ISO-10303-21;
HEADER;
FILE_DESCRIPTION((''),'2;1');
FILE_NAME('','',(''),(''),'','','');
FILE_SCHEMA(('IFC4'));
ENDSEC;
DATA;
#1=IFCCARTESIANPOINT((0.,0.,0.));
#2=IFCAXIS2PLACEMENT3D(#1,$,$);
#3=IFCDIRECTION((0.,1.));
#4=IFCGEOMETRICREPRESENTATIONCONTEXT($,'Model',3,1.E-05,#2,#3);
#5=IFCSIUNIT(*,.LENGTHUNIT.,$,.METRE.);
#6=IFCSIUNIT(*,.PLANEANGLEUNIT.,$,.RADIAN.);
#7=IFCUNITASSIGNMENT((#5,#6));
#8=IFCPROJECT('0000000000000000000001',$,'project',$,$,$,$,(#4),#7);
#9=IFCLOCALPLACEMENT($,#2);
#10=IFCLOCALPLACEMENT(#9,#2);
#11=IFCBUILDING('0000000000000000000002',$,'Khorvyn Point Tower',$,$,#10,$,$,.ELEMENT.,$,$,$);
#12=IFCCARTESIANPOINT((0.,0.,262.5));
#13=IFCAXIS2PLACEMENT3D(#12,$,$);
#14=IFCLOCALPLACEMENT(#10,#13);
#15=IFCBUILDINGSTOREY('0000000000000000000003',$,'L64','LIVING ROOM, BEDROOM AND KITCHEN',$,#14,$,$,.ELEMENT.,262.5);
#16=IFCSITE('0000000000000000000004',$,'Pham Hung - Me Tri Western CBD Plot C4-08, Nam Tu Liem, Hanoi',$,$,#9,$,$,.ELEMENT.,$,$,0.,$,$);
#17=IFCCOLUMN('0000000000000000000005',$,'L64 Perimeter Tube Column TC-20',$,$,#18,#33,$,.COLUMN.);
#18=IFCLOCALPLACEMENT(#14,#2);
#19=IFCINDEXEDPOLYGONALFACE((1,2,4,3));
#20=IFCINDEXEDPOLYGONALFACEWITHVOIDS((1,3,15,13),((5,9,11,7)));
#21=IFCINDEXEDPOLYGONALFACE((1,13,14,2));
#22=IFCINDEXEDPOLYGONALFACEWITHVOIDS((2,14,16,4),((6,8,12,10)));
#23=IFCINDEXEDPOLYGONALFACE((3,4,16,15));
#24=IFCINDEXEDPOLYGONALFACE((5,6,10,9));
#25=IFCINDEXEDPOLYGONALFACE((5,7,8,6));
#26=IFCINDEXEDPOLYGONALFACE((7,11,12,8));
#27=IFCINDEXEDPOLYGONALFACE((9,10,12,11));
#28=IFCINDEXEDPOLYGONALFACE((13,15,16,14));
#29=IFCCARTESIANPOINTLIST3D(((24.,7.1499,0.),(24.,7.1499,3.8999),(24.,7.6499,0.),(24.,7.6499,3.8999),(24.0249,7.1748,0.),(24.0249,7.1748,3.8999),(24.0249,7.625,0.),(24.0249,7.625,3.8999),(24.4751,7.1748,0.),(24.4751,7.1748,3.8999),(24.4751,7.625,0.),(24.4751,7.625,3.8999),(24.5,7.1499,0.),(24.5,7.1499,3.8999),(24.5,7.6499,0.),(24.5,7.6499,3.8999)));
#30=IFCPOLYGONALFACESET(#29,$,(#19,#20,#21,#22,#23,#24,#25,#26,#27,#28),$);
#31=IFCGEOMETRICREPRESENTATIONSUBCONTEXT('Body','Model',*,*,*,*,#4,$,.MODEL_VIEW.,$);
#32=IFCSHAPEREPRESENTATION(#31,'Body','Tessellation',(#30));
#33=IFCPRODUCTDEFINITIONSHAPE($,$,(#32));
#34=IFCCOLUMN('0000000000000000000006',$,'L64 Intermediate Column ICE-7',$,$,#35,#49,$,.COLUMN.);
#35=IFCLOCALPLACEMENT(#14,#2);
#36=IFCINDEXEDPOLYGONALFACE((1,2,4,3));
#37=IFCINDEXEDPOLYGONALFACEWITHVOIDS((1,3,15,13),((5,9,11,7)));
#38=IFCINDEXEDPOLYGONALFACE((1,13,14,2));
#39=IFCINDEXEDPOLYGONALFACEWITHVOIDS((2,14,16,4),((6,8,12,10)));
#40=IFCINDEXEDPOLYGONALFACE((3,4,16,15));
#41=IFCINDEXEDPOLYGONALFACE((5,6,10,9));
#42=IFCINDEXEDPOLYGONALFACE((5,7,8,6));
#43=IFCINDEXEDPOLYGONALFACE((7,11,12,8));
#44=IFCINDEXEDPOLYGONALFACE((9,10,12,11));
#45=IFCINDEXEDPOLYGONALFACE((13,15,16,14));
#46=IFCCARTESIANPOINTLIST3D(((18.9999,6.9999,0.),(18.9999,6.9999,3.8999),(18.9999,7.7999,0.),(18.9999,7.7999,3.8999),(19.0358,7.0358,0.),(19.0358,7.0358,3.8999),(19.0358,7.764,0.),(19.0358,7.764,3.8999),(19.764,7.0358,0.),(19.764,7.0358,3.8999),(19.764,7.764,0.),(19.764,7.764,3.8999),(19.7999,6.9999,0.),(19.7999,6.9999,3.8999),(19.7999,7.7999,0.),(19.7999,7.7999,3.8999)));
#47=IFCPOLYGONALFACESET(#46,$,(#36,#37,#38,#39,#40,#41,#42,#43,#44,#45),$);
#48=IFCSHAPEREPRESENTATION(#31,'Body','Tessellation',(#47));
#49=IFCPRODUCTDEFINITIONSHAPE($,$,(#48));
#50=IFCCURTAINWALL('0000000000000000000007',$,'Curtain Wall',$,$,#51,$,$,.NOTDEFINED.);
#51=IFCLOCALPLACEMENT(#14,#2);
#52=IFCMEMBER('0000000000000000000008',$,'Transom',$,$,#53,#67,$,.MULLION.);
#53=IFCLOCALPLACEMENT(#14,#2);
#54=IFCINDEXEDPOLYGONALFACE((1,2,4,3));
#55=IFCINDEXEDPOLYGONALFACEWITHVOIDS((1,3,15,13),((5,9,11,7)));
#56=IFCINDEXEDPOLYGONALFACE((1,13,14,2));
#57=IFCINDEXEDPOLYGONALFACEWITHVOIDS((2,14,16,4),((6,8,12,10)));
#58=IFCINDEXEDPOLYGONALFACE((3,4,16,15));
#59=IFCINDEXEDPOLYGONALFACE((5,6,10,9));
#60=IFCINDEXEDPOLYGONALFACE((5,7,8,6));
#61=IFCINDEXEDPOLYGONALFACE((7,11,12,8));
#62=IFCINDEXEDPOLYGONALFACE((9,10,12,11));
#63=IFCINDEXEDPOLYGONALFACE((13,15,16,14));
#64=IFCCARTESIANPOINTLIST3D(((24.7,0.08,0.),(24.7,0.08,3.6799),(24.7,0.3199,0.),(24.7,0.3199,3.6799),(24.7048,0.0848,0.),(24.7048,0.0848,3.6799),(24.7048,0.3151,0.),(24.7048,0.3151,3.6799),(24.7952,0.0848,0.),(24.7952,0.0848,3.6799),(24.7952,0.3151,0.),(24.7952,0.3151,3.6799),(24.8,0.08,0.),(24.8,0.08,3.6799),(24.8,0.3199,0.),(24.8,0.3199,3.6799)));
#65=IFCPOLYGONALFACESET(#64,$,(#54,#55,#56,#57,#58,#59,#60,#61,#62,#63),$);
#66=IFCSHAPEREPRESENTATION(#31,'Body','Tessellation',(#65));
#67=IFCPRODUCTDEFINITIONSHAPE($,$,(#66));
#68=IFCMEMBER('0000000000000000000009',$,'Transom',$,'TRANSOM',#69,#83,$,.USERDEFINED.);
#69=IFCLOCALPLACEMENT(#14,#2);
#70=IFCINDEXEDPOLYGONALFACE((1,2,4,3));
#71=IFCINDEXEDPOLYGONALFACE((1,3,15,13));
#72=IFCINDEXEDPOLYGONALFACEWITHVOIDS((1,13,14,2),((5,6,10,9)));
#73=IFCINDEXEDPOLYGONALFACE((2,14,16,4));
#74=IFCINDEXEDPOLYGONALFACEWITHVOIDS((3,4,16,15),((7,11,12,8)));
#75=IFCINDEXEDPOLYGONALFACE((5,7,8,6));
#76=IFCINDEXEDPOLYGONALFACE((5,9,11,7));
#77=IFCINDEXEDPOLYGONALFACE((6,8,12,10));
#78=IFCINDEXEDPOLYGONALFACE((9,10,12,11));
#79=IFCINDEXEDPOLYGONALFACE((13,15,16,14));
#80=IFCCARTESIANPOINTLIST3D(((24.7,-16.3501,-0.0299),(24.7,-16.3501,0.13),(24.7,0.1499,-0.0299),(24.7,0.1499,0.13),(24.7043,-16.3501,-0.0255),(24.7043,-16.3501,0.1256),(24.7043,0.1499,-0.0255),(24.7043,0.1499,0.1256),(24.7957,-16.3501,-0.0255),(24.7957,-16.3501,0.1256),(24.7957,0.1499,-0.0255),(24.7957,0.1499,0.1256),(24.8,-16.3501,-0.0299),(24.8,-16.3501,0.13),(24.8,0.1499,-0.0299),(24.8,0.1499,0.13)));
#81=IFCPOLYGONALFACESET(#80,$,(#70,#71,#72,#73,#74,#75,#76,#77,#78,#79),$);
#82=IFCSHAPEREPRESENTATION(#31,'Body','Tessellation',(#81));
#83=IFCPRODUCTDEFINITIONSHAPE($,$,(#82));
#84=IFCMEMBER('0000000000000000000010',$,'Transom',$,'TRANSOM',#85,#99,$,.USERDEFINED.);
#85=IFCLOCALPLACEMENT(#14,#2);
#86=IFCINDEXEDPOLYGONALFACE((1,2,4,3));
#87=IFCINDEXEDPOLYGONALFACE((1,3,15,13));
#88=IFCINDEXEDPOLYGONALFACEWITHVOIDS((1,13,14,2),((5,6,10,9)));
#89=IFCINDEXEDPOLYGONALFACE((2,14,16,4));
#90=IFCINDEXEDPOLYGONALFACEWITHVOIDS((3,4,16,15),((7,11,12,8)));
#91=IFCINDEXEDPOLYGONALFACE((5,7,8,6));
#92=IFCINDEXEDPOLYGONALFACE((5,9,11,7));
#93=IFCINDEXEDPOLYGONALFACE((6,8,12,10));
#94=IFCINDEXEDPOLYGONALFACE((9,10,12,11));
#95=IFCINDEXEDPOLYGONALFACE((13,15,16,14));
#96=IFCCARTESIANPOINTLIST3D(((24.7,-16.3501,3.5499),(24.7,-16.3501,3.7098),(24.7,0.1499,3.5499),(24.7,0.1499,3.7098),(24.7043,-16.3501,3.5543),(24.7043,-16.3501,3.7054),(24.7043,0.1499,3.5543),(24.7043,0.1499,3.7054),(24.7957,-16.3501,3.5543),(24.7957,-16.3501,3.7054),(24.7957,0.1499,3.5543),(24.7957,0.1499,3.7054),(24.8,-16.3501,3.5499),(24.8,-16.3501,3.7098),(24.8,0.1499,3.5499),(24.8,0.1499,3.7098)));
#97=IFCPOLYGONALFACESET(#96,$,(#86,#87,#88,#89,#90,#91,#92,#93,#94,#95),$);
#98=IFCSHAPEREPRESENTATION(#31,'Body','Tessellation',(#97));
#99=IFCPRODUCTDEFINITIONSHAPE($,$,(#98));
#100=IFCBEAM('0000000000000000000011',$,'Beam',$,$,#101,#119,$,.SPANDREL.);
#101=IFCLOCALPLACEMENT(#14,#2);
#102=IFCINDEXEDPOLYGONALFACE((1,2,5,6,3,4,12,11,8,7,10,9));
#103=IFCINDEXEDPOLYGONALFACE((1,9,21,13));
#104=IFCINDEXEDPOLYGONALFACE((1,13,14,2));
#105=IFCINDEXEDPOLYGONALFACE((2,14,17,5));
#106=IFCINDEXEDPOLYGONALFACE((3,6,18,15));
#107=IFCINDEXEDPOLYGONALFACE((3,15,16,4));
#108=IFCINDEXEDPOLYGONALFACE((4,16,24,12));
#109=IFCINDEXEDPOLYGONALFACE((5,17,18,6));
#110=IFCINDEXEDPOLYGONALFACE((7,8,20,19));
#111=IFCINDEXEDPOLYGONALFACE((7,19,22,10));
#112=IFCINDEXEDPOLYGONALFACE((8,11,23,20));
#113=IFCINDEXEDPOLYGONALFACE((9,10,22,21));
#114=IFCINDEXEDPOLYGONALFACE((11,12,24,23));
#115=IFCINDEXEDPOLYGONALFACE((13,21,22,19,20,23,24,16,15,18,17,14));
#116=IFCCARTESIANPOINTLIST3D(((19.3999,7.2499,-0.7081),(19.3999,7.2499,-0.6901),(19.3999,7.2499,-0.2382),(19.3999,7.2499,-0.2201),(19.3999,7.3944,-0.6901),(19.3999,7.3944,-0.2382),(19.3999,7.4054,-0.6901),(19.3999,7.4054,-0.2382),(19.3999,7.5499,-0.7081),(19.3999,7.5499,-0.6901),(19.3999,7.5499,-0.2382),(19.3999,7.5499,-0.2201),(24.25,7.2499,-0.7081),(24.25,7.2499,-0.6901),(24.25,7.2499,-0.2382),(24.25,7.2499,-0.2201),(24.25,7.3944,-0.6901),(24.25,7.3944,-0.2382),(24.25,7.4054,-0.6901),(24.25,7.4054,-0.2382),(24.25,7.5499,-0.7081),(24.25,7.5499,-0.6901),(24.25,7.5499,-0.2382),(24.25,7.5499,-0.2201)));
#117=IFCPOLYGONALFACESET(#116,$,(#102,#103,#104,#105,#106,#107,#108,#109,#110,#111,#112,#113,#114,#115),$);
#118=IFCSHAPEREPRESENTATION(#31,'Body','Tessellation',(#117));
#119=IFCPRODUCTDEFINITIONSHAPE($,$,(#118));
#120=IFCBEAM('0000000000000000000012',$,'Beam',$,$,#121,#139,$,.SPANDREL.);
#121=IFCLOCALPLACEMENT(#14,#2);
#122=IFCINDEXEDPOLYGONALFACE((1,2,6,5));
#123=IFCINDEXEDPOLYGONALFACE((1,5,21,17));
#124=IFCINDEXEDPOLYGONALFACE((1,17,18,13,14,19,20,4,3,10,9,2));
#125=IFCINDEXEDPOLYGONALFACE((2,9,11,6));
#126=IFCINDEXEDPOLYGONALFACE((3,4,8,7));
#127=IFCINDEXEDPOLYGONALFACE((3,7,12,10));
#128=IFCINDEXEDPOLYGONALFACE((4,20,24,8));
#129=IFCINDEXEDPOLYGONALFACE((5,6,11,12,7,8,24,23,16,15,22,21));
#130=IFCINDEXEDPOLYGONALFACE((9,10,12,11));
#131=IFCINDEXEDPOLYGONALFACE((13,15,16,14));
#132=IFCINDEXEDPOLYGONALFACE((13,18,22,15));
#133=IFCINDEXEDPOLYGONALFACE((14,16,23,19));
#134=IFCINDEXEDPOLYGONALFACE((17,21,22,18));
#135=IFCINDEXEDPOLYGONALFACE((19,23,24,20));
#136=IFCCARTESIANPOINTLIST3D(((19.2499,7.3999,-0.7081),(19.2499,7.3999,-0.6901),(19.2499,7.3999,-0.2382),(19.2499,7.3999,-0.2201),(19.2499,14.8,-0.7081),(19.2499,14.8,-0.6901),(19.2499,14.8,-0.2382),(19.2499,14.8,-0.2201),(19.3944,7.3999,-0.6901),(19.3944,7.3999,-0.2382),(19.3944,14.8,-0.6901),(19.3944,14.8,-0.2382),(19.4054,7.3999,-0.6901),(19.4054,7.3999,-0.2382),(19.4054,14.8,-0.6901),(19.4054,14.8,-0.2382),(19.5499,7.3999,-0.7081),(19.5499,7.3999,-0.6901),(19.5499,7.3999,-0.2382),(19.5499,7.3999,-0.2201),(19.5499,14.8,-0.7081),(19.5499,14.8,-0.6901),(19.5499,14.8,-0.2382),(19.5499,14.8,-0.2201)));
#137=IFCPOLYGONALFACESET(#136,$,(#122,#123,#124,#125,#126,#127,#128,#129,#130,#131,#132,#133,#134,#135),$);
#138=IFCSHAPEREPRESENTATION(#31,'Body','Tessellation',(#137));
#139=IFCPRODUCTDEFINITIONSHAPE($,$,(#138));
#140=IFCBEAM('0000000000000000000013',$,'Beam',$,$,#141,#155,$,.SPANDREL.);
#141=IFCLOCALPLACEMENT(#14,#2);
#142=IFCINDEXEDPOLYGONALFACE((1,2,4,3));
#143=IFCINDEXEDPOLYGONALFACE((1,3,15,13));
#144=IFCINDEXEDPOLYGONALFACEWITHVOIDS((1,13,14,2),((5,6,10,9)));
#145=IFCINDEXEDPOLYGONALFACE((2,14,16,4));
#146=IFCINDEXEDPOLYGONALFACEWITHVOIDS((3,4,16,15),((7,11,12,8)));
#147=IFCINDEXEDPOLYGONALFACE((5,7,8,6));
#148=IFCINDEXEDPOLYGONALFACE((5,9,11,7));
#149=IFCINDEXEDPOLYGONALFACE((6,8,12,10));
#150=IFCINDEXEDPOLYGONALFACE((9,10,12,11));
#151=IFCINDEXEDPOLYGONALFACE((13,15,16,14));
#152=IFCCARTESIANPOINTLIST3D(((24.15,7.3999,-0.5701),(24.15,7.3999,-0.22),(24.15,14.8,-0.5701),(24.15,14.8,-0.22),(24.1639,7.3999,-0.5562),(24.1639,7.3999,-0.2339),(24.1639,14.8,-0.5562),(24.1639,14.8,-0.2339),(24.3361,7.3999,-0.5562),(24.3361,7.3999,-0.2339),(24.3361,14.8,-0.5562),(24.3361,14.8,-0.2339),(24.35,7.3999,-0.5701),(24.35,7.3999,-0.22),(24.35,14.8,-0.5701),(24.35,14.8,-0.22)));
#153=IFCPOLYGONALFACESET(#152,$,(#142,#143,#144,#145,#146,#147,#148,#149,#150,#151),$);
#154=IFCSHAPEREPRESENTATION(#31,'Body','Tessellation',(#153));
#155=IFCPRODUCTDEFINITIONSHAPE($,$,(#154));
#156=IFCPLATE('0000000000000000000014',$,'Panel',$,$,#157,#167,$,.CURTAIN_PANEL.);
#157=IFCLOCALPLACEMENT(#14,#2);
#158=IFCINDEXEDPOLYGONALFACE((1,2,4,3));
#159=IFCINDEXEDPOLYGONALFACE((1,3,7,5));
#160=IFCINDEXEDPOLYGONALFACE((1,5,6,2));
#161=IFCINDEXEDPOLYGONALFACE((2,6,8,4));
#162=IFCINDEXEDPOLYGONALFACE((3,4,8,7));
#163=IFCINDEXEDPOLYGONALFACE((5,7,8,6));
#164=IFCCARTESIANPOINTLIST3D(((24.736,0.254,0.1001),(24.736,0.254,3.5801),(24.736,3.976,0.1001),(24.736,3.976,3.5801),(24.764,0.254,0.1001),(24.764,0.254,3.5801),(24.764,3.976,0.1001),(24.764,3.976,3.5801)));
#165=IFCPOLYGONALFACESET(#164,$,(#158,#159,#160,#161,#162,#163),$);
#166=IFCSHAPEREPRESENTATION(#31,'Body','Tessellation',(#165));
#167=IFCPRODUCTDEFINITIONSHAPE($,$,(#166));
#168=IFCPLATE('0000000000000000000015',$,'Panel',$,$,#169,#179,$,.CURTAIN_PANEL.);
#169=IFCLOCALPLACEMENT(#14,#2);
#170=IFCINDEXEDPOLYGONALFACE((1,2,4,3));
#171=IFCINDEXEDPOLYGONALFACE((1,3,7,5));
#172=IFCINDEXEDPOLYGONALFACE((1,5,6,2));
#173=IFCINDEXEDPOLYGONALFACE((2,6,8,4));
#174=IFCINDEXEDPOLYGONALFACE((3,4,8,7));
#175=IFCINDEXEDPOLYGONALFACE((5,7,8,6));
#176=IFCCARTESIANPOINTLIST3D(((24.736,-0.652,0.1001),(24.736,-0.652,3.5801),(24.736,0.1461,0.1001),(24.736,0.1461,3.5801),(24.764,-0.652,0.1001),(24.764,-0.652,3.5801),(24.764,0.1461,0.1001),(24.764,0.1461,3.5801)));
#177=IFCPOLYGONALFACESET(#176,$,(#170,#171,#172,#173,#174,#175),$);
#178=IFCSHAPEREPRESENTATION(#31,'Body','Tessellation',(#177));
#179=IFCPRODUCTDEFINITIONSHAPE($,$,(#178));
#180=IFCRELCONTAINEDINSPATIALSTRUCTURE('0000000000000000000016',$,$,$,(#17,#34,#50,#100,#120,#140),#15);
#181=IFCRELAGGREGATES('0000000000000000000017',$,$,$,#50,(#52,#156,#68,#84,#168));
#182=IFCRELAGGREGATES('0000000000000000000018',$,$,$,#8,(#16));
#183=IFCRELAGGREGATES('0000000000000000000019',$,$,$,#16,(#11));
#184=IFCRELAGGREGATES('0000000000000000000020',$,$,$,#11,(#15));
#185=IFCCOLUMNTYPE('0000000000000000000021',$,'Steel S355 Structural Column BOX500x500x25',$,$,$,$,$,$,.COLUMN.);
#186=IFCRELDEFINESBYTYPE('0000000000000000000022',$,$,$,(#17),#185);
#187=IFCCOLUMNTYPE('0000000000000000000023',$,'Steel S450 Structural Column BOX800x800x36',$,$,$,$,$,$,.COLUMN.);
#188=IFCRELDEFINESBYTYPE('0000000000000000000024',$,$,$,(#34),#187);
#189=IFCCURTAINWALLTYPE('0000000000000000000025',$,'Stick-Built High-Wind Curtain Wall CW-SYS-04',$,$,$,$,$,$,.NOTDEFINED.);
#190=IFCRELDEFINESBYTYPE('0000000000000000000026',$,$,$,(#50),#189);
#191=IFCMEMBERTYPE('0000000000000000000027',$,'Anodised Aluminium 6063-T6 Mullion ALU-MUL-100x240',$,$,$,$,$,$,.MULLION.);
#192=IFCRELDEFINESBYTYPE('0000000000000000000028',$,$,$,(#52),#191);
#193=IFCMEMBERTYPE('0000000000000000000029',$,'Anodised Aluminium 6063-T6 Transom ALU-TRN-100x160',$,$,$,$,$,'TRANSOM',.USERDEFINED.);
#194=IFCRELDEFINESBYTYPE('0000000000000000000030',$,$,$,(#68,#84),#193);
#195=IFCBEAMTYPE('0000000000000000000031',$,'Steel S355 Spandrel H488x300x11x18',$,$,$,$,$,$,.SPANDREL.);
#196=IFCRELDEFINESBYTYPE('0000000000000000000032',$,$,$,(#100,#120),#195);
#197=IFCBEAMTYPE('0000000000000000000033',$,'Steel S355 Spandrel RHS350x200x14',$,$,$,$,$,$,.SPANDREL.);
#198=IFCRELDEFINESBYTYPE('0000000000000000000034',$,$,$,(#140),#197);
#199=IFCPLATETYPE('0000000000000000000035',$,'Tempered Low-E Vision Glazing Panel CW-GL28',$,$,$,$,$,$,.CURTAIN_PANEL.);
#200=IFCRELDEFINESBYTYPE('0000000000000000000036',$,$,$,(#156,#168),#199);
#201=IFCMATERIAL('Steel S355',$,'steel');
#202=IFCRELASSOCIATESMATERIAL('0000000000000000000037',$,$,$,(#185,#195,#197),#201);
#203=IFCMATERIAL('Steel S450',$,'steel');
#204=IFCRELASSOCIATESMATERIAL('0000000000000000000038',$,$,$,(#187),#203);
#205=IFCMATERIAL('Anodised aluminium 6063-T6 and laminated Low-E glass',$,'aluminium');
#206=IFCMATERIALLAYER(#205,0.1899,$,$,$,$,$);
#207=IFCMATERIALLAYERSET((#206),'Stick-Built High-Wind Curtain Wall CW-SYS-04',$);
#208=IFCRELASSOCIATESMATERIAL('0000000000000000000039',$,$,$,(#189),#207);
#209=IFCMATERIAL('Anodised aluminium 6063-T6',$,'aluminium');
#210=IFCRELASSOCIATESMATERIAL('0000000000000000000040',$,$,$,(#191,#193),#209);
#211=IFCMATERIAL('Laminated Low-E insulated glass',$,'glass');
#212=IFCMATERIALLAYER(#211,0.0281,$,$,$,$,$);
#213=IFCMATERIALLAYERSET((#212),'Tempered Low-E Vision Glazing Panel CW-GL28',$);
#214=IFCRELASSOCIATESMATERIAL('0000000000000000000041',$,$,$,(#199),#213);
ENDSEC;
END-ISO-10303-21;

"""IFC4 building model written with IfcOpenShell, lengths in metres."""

from ifc_helpers import new_model, si_unit, direction, frame, origin, origin_2d, place, context, subcontext, project, spatial, rectangle, hollow_rectangle, i_section, extrude, material, layer, layer_set, material_profile, profile_set, type_object, element, aggregate, save


model = new_model("IFC4")

# Units and contexts
model_context = context("Model", 3, precision=1e-05, world=origin(), true_north=direction((0.0, 1.0)))
body_context = subcontext(model_context, "Body", "Model", "MODEL_VIEW")
ifc_project = project(units=[si_unit("LENGTHUNIT", "METRE"), si_unit("PLANEANGLEUNIT", "RADIAN")], contexts=[model_context])

# Site, building, storey
site_placement = place(None, origin())
site = spatial("IfcSite", under=ifc_project, at=site_placement, Name="Pham Hung - Me Tri Western CBD Plot C4-08, Nam Tu Liem, Hanoi", CompositionType="ELEMENT", RefElevation=0.0)
building_placement = place(site_placement, origin())
building = spatial("IfcBuilding", under=site, at=building_placement, Name="Khorvyn Point Tower", CompositionType="ELEMENT")
storey_placement = place(building_placement, frame((0.0, 0.0, 262.5)))
storey = spatial("IfcBuildingStorey", under=building, at=storey_placement, Name="L64", Description="LIVING ROOM, BEDROOM AND KITCHEN", CompositionType="ELEMENT", Elevation=262.5)

# Columns
ifc_material_1 = material(Name="Steel S355", Category="steel")
ifc_material_profile_1 = material_profile(ifc_material_1, hollow_rectangle(XDim=0.5, YDim=0.5, WallThickness=0.0249, at=origin_2d()))
ifc_profile_set_1 = profile_set([ifc_material_profile_1], Name="Steel S355 BOX500x500x25")
column_type_1 = type_object("IfcColumnType", Name="Steel S355 Structural Column BOX500x500x25", PredefinedType="COLUMN", material=ifc_profile_set_1)
column_1_placement = place(storey_placement, frame((24.25, 7.3999, 0.0), z_axis=(0.0, 0.0, 1.0), x_axis=(1.0, 0.0, 0.0)))
element("IfcColumn", 1, at=column_1_placement, inside=storey, type_object=column_type_1, Name="L64 Perimeter Tube Column TC-20", PredefinedType="COLUMN", context=body_context, shape_type="SweptSolid", body=[
    extrude(hollow_rectangle(XDim=0.5, YDim=0.5, WallThickness=0.0249, at=origin_2d()), origin(), (0.0, 0.0, 1.0), 3.8999),
])
ifc_material_2 = material(Name="Steel S450", Category="steel")
ifc_material_profile_2 = material_profile(ifc_material_2, hollow_rectangle(XDim=0.8, YDim=0.8, WallThickness=0.0359, at=origin_2d()))
ifc_profile_set_2 = profile_set([ifc_material_profile_2], Name="Steel S450 BOX800x800x36")
column_type_2 = type_object("IfcColumnType", Name="Steel S450 Structural Column BOX800x800x36", PredefinedType="COLUMN", material=ifc_profile_set_2)
column_2_placement = place(storey_placement, frame((19.3999, 7.3999, 0.0), z_axis=(0.0, 0.0, 1.0), x_axis=(1.0, 0.0, 0.0)))
element("IfcColumn", 2, at=column_2_placement, inside=storey, type_object=column_type_2, Name="L64 Intermediate Column ICE-7", PredefinedType="COLUMN", context=body_context, shape_type="SweptSolid", body=[
    extrude(hollow_rectangle(XDim=0.8, YDim=0.8, WallThickness=0.0359, at=origin_2d()), origin(), (0.0, 0.0, 1.0), 3.8999),
])

# Curtain wall, members
ifc_material_3 = material(Name="Anodised aluminium 6063-T6 and laminated Low-E glass", Category="aluminium")
ifc_layer_1 = layer(ifc_material_3, 0.1899)
ifc_layer_set_1 = layer_set([ifc_layer_1], Name="Stick-Built High-Wind Curtain Wall CW-SYS-04")
curtain_wall_type = type_object("IfcCurtainWallType", Name="Stick-Built High-Wind Curtain Wall CW-SYS-04", PredefinedType="NOTDEFINED", material=ifc_layer_set_1)
curtain_wall_placement = place(storey_placement, origin())
curtain_wall = element("IfcCurtainWall", 3, at=curtain_wall_placement, inside=storey, type_object=curtain_wall_type, Name="Curtain Wall", PredefinedType="NOTDEFINED")
ifc_material_4 = material(Name="Anodised aluminium 6063-T6", Category="aluminium")
ifc_material_profile_3 = material_profile(ifc_material_4, hollow_rectangle(XDim=0.1001, YDim=0.24, WallThickness=0.0049, at=origin_2d()))
ifc_profile_set_3 = profile_set([ifc_material_profile_3], Name="Anodised aluminium 6063-T6 ALU-MUL-100x240")
member_type_1 = type_object("IfcMemberType", Name="Anodised Aluminium 6063-T6 Mullion ALU-MUL-100x240", PredefinedType="MULLION", material=ifc_profile_set_3)
member_1_placement = place(storey_placement, frame((24.75, 0.2, 0.0), z_axis=(0.0, 0.0, 1.0), x_axis=(1.0, 0.0, 0.0)))
member_1 = element("IfcMember", 4, at=member_1_placement, type_object=member_type_1, Name="Transom", PredefinedType="MULLION", context=body_context, shape_type="SweptSolid", body=[
    extrude(hollow_rectangle(XDim=0.1001, YDim=0.24, WallThickness=0.0049, at=origin_2d()), origin(), (0.0, 0.0, 1.0), 3.6799),
])
ifc_material_profile_4 = material_profile(ifc_material_4, hollow_rectangle(XDim=0.1001, YDim=0.1599, WallThickness=0.0044, at=origin_2d()))
ifc_profile_set_4 = profile_set([ifc_material_profile_4], Name="Anodised aluminium 6063-T6 ALU-TRN-100x160")
member_type_2 = type_object("IfcMemberType", Name="Anodised Aluminium 6063-T6 Transom ALU-TRN-100x160", ElementType="TRANSOM", PredefinedType="USERDEFINED", material=ifc_profile_set_4)
member_2_placement = place(storey_placement, frame((24.75, 0.1499, 0.05), z_axis=(0.0, -1.0, 0.0), x_axis=(1.0, 0.0, 0.0)))
member_2 = element("IfcMember", 5, at=member_2_placement, type_object=member_type_2, Name="Transom", ObjectType="TRANSOM", PredefinedType="USERDEFINED", context=body_context, shape_type="SweptSolid", body=[
    extrude(hollow_rectangle(XDim=0.1001, YDim=0.1599, WallThickness=0.0044, at=origin_2d()), origin(), (0.0, 0.0, 1.0), 16.5),
])
member_3_placement = place(storey_placement, frame((24.75, 0.1499, 3.6299), z_axis=(0.0, -1.0, 0.0), x_axis=(1.0, 0.0, 0.0)))
member_3 = element("IfcMember", 6, at=member_3_placement, type_object=member_type_2, Name="Transom", ObjectType="TRANSOM", PredefinedType="USERDEFINED", context=body_context, shape_type="SweptSolid", body=[
    extrude(hollow_rectangle(XDim=0.1001, YDim=0.1599, WallThickness=0.0044, at=origin_2d()), origin(), (0.0, 0.0, 1.0), 16.5),
])

# Beams
ifc_material_profile_5 = material_profile(ifc_material_1, i_section(OverallWidth=0.3, OverallDepth=0.488, WebThickness=0.011, FlangeThickness=0.0181, at=origin_2d()))
ifc_profile_set_5 = profile_set([ifc_material_profile_5], Name="Steel S355 H488x300x11x18")
beam_type_1 = type_object("IfcBeamType", Name="Steel S355 Spandrel H488x300x11x18", PredefinedType="SPANDREL", material=ifc_profile_set_5)
beam_1_placement = place(storey_placement, frame((19.3999, 7.3999, -0.4641), z_axis=(1.0, 0.0, 0.0), x_axis=(0.0, 1.0, 0.0)))
element("IfcBeam", 7, at=beam_1_placement, inside=storey, type_object=beam_type_1, Name="Beam", PredefinedType="SPANDREL", context=body_context, shape_type="SweptSolid", body=[
    extrude(i_section(OverallWidth=0.3, OverallDepth=0.488, WebThickness=0.011, FlangeThickness=0.0181, at=origin_2d()), origin(), (0.0, 0.0, 1.0), 4.8501),
])
beam_2_placement = place(storey_placement, frame((19.3999, 7.3999, -0.4641), z_axis=(0.0, 1.0, 0.0), x_axis=(-1.0, 0.0, 0.0)))
element("IfcBeam", 8, at=beam_2_placement, inside=storey, type_object=beam_type_1, Name="Beam", PredefinedType="SPANDREL", context=body_context, shape_type="SweptSolid", body=[
    extrude(i_section(OverallWidth=0.3, OverallDepth=0.488, WebThickness=0.011, FlangeThickness=0.0181, at=origin_2d()), origin(), (0.0, 0.0, 1.0), 7.4001),
])
ifc_material_profile_6 = material_profile(ifc_material_1, hollow_rectangle(XDim=0.2, YDim=0.3501, WallThickness=0.0139, at=origin_2d()))
ifc_profile_set_6 = profile_set([ifc_material_profile_6], Name="Steel S355 RHS350x200x14")
beam_type_2 = type_object("IfcBeamType", Name="Steel S355 Spandrel RHS350x200x14", PredefinedType="SPANDREL", material=ifc_profile_set_6)
beam_3_placement = place(storey_placement, frame((24.25, 7.3999, -0.395), z_axis=(0.0, 1.0, 0.0), x_axis=(-1.0, 0.0, 0.0)))
element("IfcBeam", 9, at=beam_3_placement, inside=storey, type_object=beam_type_2, Name="Beam", PredefinedType="SPANDREL", context=body_context, shape_type="SweptSolid", body=[
    extrude(hollow_rectangle(XDim=0.2, YDim=0.3501, WallThickness=0.0139, at=origin_2d()), origin(), (0.0, 0.0, 1.0), 7.4001),
])

# Plates
ifc_material_5 = material(Name="Laminated Low-E insulated glass", Category="glass")
ifc_layer_2 = layer(ifc_material_5, 0.0281)
ifc_layer_set_2 = layer_set([ifc_layer_2], Name="Tempered Low-E Vision Glazing Panel CW-GL28")
plate_type = type_object("IfcPlateType", Name="Tempered Low-E Vision Glazing Panel CW-GL28", PredefinedType="CURTAIN_PANEL", material=ifc_layer_set_2)
plate_1_placement = place(storey_placement, frame((24.75, 2.115, 0.1001), z_axis=(0.0, 0.0, 1.0), x_axis=(0.0, -1.0, 0.0)))
plate_1 = element("IfcPlate", 10, at=plate_1_placement, type_object=plate_type, Name="Panel", PredefinedType="CURTAIN_PANEL", context=body_context, shape_type="SweptSolid", body=[
    extrude(rectangle(XDim=3.7219, YDim=0.0281, at=origin_2d()), origin(), (0.0, 0.0, 1.0), 3.48),
])
plate_2_placement = place(storey_placement, frame((24.75, -0.2529, 0.1001), z_axis=(0.0, 0.0, 1.0), x_axis=(0.0, -1.0, 0.0)))
plate_2 = element("IfcPlate", 11, at=plate_2_placement, type_object=plate_type, Name="Panel", PredefinedType="CURTAIN_PANEL", context=body_context, shape_type="SweptSolid", body=[
    extrude(rectangle(XDim=0.7981, YDim=0.0281, at=origin_2d()), origin(), (0.0, 0.0, 1.0), 3.48),
])
aggregate(curtain_wall, [member_1, plate_1, member_2, member_3, plate_2])

save(model, "model.ifc")
